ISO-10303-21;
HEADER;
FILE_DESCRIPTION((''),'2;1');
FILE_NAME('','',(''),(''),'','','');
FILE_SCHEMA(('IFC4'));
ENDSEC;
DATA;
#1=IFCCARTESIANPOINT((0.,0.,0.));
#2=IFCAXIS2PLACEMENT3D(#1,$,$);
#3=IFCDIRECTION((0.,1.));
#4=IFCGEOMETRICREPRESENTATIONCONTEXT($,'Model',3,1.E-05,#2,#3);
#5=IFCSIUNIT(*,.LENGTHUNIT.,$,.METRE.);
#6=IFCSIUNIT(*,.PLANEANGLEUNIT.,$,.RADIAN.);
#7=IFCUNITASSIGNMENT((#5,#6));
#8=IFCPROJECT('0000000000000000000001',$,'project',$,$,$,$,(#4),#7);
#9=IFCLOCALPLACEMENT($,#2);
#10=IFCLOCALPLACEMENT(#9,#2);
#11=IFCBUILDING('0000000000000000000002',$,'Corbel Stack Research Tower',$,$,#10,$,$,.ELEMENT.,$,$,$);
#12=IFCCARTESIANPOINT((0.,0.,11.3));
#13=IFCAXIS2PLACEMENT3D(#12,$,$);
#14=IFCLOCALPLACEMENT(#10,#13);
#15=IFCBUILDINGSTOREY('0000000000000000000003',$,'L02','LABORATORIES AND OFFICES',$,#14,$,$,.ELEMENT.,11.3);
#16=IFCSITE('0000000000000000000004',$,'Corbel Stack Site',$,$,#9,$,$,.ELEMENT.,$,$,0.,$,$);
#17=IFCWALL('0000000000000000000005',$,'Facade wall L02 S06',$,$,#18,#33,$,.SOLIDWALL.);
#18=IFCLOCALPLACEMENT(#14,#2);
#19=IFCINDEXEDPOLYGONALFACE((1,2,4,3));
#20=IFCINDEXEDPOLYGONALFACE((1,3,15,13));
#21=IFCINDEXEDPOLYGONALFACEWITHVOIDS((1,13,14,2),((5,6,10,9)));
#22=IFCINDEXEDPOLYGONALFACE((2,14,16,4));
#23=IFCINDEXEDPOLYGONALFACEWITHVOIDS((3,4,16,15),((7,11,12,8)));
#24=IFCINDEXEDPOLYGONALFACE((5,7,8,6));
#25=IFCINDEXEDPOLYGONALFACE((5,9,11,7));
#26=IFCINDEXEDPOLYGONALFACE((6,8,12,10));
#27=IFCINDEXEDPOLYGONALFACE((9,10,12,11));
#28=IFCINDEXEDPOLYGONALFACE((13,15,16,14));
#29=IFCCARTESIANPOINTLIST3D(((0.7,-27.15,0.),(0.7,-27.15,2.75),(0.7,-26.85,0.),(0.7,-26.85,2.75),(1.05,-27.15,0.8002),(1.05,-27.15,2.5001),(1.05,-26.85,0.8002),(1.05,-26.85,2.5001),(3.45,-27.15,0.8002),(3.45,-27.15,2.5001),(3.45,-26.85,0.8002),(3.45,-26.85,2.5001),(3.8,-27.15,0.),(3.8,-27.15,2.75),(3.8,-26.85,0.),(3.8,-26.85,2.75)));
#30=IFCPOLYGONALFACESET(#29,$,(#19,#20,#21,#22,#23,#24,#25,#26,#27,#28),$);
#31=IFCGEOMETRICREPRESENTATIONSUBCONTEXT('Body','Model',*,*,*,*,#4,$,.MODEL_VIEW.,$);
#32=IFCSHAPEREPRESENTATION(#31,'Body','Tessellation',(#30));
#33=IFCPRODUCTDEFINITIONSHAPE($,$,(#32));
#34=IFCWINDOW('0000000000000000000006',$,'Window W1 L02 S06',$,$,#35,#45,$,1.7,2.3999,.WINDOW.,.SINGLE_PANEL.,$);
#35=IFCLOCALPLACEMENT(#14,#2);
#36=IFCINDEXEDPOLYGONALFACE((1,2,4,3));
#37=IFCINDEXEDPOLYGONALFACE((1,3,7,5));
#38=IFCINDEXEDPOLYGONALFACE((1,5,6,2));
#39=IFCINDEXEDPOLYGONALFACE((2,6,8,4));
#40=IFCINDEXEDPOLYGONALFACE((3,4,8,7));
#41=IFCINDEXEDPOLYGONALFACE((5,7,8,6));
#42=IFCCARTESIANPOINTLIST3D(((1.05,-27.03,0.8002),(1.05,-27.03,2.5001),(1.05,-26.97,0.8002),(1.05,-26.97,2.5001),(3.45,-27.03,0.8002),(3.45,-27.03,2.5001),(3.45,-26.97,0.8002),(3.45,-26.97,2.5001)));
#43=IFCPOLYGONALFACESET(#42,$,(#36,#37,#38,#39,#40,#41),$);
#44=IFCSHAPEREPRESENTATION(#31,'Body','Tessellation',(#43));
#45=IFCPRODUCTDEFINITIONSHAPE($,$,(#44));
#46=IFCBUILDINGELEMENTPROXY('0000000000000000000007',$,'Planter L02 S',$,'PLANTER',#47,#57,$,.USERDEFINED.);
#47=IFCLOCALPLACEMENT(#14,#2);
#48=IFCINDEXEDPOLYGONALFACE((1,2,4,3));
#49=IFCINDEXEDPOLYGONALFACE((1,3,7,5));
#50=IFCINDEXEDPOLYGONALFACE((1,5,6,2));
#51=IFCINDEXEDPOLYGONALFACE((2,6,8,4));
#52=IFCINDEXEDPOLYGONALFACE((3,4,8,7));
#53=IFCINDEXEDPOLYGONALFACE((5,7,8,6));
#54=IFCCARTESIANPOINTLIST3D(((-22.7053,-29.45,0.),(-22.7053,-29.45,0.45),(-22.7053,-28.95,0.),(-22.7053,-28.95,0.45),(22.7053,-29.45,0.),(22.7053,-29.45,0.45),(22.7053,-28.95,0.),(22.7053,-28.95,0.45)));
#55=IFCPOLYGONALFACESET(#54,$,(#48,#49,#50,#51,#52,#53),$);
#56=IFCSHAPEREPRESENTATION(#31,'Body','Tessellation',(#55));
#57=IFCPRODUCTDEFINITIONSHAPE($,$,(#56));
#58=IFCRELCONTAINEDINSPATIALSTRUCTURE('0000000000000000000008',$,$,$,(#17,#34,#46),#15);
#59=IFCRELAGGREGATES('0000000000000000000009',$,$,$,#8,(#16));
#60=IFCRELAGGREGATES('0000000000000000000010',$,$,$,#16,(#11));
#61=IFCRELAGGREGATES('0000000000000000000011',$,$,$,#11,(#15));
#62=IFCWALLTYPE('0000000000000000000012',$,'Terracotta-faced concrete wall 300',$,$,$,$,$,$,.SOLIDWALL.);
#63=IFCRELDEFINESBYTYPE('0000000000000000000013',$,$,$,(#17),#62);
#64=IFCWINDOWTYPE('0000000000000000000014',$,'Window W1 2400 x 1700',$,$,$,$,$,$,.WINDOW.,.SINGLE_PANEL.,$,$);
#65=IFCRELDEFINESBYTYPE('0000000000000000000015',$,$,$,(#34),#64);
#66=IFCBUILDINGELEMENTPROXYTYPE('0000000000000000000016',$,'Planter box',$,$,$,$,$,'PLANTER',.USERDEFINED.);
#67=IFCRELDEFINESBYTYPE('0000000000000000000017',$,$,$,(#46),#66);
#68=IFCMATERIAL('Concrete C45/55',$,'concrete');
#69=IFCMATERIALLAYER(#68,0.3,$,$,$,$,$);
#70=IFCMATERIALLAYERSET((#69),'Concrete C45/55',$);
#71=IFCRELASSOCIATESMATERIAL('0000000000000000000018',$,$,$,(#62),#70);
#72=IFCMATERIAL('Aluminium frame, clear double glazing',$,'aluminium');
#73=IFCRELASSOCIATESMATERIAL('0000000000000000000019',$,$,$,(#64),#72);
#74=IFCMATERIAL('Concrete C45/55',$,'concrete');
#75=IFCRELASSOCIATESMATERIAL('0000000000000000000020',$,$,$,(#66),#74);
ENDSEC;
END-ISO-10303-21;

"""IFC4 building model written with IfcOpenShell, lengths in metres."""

from ifc_helpers import new_model, si_unit, direction, frame, frame_2d, origin, origin_2d, place, context, subcontext, project, spatial, rectangle, extrude, material, layer, layer_set, type_object, element, fill, save


model = new_model("IFC4")

# Units and contexts
model_context = context("Model", 3, precision=1e-05, world=origin(), true_north=direction((0.0, 1.0)))
body_context = subcontext(model_context, "Body", "Model", "MODEL_VIEW")
ifc_project = project(units=[si_unit("LENGTHUNIT", "METRE"), si_unit("PLANEANGLEUNIT", "RADIAN")], contexts=[model_context])

# Site, building, storey
site_placement = place(None, origin())
site = spatial("IfcSite", under=ifc_project, at=site_placement, Name="Corbel Stack Site", CompositionType="ELEMENT", RefElevation=0.0)
building_placement = place(site_placement, origin())
building = spatial("IfcBuilding", under=site, at=building_placement, Name="Corbel Stack Research Tower", CompositionType="ELEMENT")
storey_placement = place(building_placement, frame((0.0, 0.0, 11.3)))
storey = spatial("IfcBuildingStorey", under=building, at=storey_placement, Name="L02", Description="LABORATORIES AND OFFICES", CompositionType="ELEMENT", Elevation=11.3)

# Wall, opening, window
ifc_material_1 = material(Name="Concrete C45/55", Category="concrete")
ifc_layer_1 = layer(ifc_material_1, 0.3)
ifc_layer_set_1 = layer_set([ifc_layer_1], Name="Concrete C45/55")
wall_type_1 = type_object("IfcWallType", Name="Terracotta-faced concrete wall 300", PredefinedType="SOLIDWALL", material=ifc_layer_set_1)
ifc_material_2 = material(Name="Aluminium frame, clear double glazing", Category="aluminium")
window_type = type_object("IfcWindowType", Name="Window W1 2400 x 1700", PartitioningType="SINGLE_PANEL", PredefinedType="WINDOW", material=ifc_material_2)
wall_1_placement = place(storey_placement, frame((3.8, -27.0, 0.0), z_axis=(0.0, 0.0, 1.0), x_axis=(-1.0, 0.0, 0.0)))
wall_1 = element("IfcWall", 1, at=wall_1_placement, inside=storey, type_object=wall_type_1, Name="Facade wall L02 S06", PredefinedType="SOLIDWALL", context=body_context, shape_type="SweptSolid", body=[
    extrude(rectangle(XDim=3.1001, YDim=0.3, at=frame_2d((1.55, 0.0))), origin(), (0.0, 0.0, 1.0), 2.75),
])
opening_1_placement = place(wall_1_placement, frame((0.3501, 0.0, 0.8)))
opening_1 = element("IfcOpeningElement", 2, at=opening_1_placement, cuts=wall_1, PredefinedType="OPENING", context=body_context, shape_type="SweptSolid", body=[
    extrude(rectangle(XDim=2.3999, YDim=1.7, at=frame_2d((1.2, 0.8501))), frame((0.0, 0.1599, 0.0), z_axis=(0.0, -1.0, 0.0), x_axis=(1.0, 0.0, 0.0)), (0.0, 0.0, 1.0), 0.3201),
])
window_1_placement = place(opening_1_placement, origin())
window_1 = element("IfcWindow", 3, at=window_1_placement, inside=storey, type_object=window_type, Name="Window W1 L02 S06", OverallHeight=1.7, OverallWidth=2.3999, PartitioningType="SINGLE_PANEL", PredefinedType="WINDOW", context=body_context, shape_type="SweptSolid", body=[
    extrude(rectangle(XDim=2.3999, YDim=1.7, at=frame_2d((1.2, 0.8501))), frame((0.0, 0.03, 0.0), z_axis=(0.0, -1.0, 0.0), x_axis=(1.0, 0.0, 0.0)), (0.0, 0.0, 1.0), 0.0601),
])
fill(opening_1, window_1)

# Building element proxy
ifc_material_3 = material(Name="Concrete C45/55", Category="concrete")
building_element_proxy_type = type_object("IfcBuildingElementProxyType", Name="Planter box", ElementType="PLANTER", PredefinedType="USERDEFINED", material=ifc_material_3)
proxy_placement = place(storey_placement, frame((0.0, -29.2, 0.0), z_axis=(0.0, 0.0, 1.0), x_axis=(1.0, 0.0, 0.0)))
element("IfcBuildingElementProxy", 4, at=proxy_placement, inside=storey, type_object=building_element_proxy_type, Name="Planter L02 S", ObjectType="PLANTER", PredefinedType="USERDEFINED", context=body_context, shape_type="SweptSolid", body=[
    extrude(rectangle(XDim=45.4106, YDim=0.5, at=origin_2d()), origin(), (0.0, 0.0, 1.0), 0.45),
])

save(model, "model.ifc")
